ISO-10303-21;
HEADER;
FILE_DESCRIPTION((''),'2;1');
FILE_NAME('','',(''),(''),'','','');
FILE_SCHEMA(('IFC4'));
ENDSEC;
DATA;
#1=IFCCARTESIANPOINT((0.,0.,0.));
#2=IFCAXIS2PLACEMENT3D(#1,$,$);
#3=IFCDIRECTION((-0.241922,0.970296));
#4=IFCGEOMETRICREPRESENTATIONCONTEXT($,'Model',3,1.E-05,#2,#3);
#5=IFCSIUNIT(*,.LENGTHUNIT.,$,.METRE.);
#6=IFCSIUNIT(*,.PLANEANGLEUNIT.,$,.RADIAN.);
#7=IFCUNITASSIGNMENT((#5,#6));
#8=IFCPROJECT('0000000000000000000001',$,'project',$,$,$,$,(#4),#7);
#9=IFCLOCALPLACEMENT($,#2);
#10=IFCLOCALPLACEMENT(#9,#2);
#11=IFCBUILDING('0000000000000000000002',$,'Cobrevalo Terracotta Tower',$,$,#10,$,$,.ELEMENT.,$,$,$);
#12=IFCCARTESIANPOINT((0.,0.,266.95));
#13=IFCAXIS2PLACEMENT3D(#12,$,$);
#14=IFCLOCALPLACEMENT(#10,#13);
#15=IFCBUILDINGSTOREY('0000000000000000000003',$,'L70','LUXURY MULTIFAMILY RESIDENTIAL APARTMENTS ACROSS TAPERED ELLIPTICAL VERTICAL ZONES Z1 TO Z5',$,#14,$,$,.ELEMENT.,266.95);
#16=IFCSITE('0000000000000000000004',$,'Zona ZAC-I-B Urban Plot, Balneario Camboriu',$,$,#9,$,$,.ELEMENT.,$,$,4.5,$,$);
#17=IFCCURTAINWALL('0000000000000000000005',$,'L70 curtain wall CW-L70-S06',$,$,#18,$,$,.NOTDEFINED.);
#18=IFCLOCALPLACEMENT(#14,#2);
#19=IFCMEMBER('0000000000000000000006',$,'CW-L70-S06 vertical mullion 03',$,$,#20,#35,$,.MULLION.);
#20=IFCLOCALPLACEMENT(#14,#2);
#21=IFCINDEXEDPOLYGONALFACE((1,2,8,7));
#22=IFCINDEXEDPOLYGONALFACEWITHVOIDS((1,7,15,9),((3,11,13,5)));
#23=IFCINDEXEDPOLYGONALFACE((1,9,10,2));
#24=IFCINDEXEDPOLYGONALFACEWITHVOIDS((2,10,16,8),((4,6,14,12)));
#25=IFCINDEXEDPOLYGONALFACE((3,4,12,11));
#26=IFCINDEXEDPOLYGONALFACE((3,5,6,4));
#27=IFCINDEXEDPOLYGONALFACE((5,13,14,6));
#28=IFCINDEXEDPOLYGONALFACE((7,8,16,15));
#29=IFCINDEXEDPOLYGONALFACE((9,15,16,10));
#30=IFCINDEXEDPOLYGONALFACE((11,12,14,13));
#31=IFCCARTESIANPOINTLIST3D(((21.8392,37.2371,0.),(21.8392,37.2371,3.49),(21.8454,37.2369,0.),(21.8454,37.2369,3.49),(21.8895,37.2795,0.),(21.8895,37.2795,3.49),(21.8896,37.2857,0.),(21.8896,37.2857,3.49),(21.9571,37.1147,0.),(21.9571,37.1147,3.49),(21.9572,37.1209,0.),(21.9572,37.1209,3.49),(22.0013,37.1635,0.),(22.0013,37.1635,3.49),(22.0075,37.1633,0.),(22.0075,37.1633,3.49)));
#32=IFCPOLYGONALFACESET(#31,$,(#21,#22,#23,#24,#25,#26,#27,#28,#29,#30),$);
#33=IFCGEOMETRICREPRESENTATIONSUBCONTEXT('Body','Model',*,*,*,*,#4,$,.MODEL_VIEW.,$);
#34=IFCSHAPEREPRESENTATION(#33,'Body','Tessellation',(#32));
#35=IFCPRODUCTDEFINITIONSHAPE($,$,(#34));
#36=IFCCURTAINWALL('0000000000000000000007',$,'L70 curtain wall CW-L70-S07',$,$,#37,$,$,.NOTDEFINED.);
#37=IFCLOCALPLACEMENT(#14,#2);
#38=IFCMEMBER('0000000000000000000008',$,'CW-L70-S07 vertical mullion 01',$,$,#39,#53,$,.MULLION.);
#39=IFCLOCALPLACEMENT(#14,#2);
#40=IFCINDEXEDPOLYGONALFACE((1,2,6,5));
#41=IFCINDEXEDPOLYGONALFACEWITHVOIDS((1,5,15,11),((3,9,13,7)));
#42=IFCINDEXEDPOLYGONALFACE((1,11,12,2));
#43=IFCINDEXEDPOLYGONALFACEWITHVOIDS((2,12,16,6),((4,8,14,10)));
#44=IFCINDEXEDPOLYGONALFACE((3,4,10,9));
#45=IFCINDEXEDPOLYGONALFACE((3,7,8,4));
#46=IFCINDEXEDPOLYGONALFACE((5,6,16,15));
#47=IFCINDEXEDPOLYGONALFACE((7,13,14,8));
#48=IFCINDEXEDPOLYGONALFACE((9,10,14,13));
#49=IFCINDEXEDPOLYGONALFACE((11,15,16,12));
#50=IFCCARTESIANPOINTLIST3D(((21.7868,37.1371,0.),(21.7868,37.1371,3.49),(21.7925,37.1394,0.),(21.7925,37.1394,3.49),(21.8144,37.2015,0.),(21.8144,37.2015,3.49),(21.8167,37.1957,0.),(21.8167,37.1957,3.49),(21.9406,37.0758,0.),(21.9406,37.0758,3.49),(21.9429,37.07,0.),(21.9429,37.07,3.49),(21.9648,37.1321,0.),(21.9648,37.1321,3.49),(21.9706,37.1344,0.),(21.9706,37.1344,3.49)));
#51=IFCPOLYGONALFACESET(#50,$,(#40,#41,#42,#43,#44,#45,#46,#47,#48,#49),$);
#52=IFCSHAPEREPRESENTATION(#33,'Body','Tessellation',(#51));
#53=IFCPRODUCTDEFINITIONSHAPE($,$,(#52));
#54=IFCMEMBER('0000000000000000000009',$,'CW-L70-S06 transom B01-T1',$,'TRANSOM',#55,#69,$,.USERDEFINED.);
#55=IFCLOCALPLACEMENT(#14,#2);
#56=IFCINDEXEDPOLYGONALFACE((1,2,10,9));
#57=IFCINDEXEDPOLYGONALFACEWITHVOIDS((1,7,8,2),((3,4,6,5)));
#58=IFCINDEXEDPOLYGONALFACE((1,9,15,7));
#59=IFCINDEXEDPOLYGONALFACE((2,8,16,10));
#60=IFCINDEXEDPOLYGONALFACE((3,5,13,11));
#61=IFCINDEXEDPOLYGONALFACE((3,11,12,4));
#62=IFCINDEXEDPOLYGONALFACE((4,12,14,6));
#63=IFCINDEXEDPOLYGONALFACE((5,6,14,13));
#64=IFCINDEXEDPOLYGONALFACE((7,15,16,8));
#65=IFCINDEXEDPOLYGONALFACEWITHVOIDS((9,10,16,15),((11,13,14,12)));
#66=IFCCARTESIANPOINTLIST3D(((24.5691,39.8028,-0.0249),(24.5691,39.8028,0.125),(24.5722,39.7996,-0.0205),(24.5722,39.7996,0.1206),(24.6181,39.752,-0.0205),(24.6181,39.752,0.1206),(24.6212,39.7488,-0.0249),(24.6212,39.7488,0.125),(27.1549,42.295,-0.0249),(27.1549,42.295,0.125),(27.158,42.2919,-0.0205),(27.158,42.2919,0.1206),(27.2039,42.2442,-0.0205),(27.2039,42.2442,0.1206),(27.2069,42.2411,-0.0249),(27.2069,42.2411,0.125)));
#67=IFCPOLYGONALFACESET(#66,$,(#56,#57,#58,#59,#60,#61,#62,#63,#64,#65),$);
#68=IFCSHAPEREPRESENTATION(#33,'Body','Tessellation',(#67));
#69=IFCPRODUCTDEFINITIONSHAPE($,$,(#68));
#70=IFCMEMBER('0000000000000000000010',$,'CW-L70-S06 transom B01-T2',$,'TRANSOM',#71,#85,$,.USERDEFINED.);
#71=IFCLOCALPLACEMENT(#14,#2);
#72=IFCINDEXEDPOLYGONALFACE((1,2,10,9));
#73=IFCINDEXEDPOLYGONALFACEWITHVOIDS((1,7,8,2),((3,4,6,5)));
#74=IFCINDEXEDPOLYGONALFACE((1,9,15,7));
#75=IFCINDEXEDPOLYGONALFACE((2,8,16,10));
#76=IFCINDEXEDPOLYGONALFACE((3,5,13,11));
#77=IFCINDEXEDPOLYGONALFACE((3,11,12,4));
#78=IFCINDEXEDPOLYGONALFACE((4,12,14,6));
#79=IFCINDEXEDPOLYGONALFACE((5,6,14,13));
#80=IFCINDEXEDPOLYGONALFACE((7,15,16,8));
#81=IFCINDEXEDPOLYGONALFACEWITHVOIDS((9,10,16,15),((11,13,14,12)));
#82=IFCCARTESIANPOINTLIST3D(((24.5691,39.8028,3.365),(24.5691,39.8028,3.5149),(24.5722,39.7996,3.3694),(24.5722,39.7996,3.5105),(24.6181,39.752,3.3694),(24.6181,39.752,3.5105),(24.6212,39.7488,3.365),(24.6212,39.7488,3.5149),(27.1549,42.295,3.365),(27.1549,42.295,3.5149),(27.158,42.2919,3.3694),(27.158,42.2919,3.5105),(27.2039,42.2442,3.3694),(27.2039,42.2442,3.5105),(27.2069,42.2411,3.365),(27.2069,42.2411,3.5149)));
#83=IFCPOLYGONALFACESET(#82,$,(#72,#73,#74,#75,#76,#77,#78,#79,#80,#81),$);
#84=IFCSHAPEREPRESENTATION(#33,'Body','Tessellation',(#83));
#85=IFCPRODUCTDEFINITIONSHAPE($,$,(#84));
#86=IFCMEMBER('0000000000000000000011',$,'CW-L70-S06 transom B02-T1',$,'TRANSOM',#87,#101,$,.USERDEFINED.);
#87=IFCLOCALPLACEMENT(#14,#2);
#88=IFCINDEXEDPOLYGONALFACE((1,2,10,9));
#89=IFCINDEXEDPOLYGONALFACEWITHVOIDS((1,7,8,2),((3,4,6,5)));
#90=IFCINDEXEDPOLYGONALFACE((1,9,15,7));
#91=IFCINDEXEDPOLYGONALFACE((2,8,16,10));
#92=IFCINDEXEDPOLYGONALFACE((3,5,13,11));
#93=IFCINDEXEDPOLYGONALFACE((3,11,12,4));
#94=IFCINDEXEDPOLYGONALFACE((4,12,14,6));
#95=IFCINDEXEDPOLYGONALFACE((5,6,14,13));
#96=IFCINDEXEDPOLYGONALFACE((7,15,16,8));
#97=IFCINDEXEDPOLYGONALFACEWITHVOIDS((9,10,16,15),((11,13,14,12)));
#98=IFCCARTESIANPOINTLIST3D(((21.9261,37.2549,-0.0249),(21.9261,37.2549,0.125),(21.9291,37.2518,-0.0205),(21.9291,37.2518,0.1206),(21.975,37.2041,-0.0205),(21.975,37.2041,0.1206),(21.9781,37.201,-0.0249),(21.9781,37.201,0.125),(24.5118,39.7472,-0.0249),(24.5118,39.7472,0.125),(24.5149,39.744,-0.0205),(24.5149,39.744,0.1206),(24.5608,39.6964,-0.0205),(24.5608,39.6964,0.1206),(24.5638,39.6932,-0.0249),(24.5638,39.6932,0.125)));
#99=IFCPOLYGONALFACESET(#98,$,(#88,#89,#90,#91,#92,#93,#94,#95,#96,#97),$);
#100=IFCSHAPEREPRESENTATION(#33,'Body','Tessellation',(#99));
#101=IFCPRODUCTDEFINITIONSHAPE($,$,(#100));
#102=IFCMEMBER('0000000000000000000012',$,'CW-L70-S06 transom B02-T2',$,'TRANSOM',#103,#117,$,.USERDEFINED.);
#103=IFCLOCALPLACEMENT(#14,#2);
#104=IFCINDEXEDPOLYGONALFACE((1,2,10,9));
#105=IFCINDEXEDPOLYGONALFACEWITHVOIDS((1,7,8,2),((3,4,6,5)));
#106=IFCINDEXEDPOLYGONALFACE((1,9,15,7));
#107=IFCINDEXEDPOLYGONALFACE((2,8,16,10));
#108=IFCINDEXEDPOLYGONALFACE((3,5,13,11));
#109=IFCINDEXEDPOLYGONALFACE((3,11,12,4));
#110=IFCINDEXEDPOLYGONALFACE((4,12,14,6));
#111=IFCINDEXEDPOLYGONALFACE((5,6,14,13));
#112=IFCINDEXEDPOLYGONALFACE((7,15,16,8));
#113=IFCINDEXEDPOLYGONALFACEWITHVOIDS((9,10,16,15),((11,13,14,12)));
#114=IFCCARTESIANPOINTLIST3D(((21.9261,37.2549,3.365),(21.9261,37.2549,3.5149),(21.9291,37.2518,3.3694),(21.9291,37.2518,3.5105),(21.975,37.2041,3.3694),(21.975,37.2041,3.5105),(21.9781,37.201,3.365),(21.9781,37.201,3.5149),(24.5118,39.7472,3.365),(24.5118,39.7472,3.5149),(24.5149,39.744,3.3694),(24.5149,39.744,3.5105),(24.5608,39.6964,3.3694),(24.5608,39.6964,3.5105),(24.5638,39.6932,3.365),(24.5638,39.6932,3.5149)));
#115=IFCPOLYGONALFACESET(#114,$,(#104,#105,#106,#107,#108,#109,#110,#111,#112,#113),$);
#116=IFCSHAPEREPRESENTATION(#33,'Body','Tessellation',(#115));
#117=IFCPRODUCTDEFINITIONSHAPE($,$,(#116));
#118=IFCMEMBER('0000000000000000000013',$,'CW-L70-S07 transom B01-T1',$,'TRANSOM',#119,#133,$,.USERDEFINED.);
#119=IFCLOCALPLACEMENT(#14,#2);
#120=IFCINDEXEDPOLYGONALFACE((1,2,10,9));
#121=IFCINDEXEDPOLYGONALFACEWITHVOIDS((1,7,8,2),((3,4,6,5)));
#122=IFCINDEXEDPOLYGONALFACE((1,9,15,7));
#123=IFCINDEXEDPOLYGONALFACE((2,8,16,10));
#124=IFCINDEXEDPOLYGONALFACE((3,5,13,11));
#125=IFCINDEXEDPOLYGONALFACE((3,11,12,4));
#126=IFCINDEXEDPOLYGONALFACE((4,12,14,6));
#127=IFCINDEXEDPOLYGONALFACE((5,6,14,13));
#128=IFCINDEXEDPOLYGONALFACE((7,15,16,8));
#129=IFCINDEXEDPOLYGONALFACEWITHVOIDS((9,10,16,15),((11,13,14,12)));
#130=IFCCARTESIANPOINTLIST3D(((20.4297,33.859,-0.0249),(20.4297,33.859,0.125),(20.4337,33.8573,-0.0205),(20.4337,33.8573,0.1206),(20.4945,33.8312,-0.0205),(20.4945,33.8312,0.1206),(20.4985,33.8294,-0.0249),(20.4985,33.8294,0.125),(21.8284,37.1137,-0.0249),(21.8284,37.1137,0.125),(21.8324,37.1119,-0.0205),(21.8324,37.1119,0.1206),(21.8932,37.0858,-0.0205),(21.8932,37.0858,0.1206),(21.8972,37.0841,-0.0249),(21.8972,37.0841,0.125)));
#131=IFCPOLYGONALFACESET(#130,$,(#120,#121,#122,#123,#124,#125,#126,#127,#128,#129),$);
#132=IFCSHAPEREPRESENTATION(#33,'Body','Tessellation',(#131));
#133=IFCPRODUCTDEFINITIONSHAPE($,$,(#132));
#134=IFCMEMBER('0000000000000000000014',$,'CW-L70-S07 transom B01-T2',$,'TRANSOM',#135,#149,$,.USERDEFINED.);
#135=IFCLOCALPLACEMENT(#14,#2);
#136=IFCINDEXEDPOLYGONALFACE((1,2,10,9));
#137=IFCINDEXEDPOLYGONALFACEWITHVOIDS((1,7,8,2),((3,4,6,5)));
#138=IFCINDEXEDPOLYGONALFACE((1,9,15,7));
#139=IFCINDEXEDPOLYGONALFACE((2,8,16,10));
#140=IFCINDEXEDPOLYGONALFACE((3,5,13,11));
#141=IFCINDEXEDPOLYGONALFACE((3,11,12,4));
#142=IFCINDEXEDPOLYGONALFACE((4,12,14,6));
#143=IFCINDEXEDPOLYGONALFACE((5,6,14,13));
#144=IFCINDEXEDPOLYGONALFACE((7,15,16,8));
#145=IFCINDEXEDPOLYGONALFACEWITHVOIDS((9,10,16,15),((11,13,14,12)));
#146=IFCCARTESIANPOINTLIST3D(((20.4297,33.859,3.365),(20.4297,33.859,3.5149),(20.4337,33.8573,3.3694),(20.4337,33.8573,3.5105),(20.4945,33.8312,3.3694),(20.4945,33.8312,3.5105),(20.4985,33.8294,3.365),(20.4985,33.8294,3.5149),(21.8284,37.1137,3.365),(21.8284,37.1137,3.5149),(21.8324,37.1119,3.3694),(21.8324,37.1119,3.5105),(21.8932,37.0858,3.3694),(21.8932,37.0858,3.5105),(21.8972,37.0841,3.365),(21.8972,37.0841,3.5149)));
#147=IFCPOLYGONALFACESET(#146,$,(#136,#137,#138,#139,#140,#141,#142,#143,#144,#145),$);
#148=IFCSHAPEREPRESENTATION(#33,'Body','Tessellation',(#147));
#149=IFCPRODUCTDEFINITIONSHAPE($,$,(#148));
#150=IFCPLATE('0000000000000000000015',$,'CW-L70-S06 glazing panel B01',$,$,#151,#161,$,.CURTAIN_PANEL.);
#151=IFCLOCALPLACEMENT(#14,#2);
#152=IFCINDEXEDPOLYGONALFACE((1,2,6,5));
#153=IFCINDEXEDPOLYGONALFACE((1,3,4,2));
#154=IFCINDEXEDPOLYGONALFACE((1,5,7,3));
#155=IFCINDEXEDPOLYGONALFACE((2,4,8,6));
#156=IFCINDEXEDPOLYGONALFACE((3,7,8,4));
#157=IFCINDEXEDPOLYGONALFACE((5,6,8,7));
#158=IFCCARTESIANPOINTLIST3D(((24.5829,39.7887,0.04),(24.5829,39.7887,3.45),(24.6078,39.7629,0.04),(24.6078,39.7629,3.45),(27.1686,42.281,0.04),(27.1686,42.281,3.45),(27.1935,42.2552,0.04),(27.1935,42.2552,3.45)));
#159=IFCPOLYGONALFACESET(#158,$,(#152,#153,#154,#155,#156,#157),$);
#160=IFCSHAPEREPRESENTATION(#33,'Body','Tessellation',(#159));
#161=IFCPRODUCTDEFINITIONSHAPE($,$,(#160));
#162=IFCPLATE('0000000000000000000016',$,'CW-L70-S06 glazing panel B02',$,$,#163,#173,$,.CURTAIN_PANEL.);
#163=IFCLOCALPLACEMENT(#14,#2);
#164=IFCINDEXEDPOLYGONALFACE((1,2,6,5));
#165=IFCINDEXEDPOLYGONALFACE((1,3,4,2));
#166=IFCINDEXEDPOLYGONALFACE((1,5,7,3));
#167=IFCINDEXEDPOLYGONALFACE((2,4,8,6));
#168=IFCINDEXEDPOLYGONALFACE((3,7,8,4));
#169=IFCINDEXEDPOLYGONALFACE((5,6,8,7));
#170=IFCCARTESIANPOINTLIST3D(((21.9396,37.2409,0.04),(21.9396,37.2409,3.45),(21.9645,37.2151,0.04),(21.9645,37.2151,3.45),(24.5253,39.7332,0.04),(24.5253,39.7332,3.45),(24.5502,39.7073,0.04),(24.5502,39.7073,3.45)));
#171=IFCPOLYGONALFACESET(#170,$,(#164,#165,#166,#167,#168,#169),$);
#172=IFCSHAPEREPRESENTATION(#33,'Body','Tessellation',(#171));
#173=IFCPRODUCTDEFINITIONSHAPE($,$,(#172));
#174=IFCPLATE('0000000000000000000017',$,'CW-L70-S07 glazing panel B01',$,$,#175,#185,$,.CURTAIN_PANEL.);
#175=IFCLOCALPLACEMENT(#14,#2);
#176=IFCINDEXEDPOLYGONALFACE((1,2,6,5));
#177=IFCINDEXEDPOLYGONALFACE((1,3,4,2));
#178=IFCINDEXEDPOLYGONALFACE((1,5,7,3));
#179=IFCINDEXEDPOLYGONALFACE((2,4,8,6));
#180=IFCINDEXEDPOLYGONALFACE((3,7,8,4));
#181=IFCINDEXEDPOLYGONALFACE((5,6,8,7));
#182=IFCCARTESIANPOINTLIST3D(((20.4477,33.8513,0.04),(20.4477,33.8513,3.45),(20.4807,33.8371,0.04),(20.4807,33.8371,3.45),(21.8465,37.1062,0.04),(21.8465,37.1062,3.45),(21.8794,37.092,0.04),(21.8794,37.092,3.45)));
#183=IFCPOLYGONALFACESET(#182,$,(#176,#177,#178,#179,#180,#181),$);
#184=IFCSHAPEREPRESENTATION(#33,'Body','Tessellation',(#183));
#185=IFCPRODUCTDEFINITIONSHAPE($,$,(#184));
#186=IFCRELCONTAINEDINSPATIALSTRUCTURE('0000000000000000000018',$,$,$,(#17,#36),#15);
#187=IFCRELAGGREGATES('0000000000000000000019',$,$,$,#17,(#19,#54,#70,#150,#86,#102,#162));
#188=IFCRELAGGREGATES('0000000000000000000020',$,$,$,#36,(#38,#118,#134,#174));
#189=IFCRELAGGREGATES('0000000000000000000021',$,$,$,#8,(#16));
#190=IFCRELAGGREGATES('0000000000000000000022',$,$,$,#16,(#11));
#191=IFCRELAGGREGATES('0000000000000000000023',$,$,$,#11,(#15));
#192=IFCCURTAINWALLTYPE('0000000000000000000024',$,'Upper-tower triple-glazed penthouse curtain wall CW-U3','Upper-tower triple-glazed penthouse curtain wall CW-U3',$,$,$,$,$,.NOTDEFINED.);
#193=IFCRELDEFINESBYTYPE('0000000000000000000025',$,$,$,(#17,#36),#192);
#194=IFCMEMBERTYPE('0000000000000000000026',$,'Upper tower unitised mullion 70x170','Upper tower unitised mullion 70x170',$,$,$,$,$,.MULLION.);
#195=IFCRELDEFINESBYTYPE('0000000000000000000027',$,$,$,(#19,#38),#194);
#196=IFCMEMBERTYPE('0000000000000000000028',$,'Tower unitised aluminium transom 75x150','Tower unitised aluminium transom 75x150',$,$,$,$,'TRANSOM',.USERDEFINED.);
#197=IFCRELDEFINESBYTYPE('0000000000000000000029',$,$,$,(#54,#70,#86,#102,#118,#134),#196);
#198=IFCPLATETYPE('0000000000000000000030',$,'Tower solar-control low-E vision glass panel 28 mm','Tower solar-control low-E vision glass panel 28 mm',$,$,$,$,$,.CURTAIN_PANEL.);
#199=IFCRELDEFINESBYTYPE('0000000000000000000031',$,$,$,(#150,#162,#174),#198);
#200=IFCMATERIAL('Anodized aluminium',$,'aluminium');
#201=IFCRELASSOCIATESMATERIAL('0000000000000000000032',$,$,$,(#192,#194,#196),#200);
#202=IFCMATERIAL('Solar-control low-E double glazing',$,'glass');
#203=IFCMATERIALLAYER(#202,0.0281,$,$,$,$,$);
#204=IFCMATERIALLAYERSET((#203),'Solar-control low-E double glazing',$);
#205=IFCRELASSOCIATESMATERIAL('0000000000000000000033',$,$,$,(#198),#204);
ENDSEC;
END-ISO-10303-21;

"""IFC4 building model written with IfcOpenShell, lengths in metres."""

from ifc_helpers import new_model, si_unit, direction, frame, origin, origin_2d, place, context, subcontext, project, spatial, rectangle, hollow_rectangle, extrude, source, transform, mapped, material, layer, layer_set, material_profile, profile_set, type_object, element, aggregate, save


model = new_model("IFC4")

# Units and contexts
model_context = context("Model", 3, precision=1e-05, world=origin(), true_north=direction((-0.241922, 0.970296)))
body_context = subcontext(model_context, "Body", "Model", "MODEL_VIEW")
ifc_project = project(units=[si_unit("LENGTHUNIT", "METRE"), si_unit("PLANEANGLEUNIT", "RADIAN")], contexts=[model_context])

# Site, building, storey
site_placement = place(None, origin())
site = spatial("IfcSite", under=ifc_project, at=site_placement, Name="Zona ZAC-I-B Urban Plot, Balneario Camboriu", CompositionType="ELEMENT", RefElevation=4.5)
building_placement = place(site_placement, origin())
building = spatial("IfcBuilding", under=site, at=building_placement, Name="Cobrevalo Terracotta Tower", CompositionType="ELEMENT")
storey_placement = place(building_placement, frame((0.0, 0.0, 266.95)))
storey = spatial("IfcBuildingStorey", under=building, at=storey_placement, Name="L70", Description="LUXURY MULTIFAMILY RESIDENTIAL APARTMENTS ACROSS TAPERED ELLIPTICAL VERTICAL ZONES Z1 TO Z5", CompositionType="ELEMENT", Elevation=266.95)

# Curtain wall, member
ifc_material_1 = material(Name="Anodized aluminium", Category="aluminium")
curtain_wall_type = type_object("IfcCurtainWallType", Name="Upper-tower triple-glazed penthouse curtain wall CW-U3", Description="Upper-tower triple-glazed penthouse curtain wall CW-U3", PredefinedType="NOTDEFINED", material=ifc_material_1)
curtain_wall_1_placement = place(storey_placement, origin())
curtain_wall_1 = element("IfcCurtainWall", 1, at=curtain_wall_1_placement, inside=storey, type_object=curtain_wall_type, Name="L70 curtain wall CW-L70-S06", PredefinedType="NOTDEFINED")
ifc_material_profile_1 = material_profile(ifc_material_1, hollow_rectangle(XDim=0.0701, YDim=0.1699, WallThickness=0.0044, at=origin_2d()), Name="CWM 70x170")
ifc_profile_set_1 = profile_set([ifc_material_profile_1], Name="Anodized aluminium")
member_type_1 = type_object("IfcMemberType", Name="Upper tower unitised mullion 70x170", Description="Upper tower unitised mullion 70x170", PredefinedType="MULLION", material=ifc_profile_set_1)
shared_shape_1 = source(origin(), body_context, "Body", "SweptSolid", [
    extrude(hollow_rectangle(XDim=0.0701, YDim=0.1699, WallThickness=0.0044, at=origin_2d()), origin(), (0.0, 0.0, 1.0), 3.49),
])
member_1_placement = place(storey_placement, frame((21.9233, 37.2002, 0.0), z_axis=(0.0, 0.0, 1.0), x_axis=(-0.719994, -0.69398, 0.0)))
member_1 = element("IfcMember", 2, at=member_1_placement, type_object=member_type_1, Name="CW-L70-S06 vertical mullion 03", PredefinedType="MULLION", context=body_context, shape_type="MappedRepresentation", body=[
    mapped(shared_shape_1, transform((0.0, 0.0, 0.0), scale=1.0)),
])

# Curtain wall, member
curtain_wall_2_placement = place(storey_placement, origin())
curtain_wall_2 = element("IfcCurtainWall", 3, at=curtain_wall_2_placement, inside=storey, type_object=curtain_wall_type, Name="L70 curtain wall CW-L70-S07", PredefinedType="NOTDEFINED")
member_2_placement = place(storey_placement, frame((21.8787, 37.1357, 0.0), z_axis=(0.0, 0.0, 1.0), x_axis=(-0.394824, -0.918757, 0.0)))
member_2 = element("IfcMember", 4, at=member_2_placement, type_object=member_type_1, Name="CW-L70-S07 vertical mullion 01", PredefinedType="MULLION", context=body_context, shape_type="MappedRepresentation", body=[
    mapped(shared_shape_1, transform((0.0, 0.0, 0.0), scale=1.0)),
])

# Members
ifc_material_profile_2 = material_profile(ifc_material_1, hollow_rectangle(XDim=0.075, YDim=0.1499, WallThickness=0.0044, at=origin_2d()), Name="CWT 75x150")
ifc_profile_set_2 = profile_set([ifc_material_profile_2], Name="Anodized aluminium")
member_type_2 = type_object("IfcMemberType", Name="Tower unitised aluminium transom 75x150", Description="Tower unitised aluminium transom 75x150", ElementType="TRANSOM", PredefinedType="USERDEFINED", material=ifc_profile_set_2)
shared_shape_2 = source(origin(), body_context, "Body", "SweptSolid", [
    extrude(hollow_rectangle(XDim=0.075, YDim=0.1499, WallThickness=0.0044, at=origin_2d()), origin(), (0.0, 0.0, 1.0), 3.5913),
])
member_3_placement = place(storey_placement, frame((27.1809, 42.2681, 0.05), z_axis=(-0.720006, -0.693968, 0.0), x_axis=(0.693968, -0.720006, 0.0)))
member_3 = element("IfcMember", 5, at=member_3_placement, type_object=member_type_2, Name="CW-L70-S06 transom B01-T1", ObjectType="TRANSOM", PredefinedType="USERDEFINED", context=body_context, shape_type="MappedRepresentation", body=[
    mapped(shared_shape_2, transform((0.0, 0.0, 0.0), scale=1.0)),
])
member_4_placement = place(storey_placement, frame((27.1809, 42.2681, 3.4399), z_axis=(-0.720006, -0.693968, 0.0), x_axis=(0.693968, -0.720006, 0.0)))
member_4 = element("IfcMember", 6, at=member_4_placement, type_object=member_type_2, Name="CW-L70-S06 transom B01-T2", ObjectType="TRANSOM", PredefinedType="USERDEFINED", context=body_context, shape_type="MappedRepresentation", body=[
    mapped(shared_shape_2, transform((0.0, 0.0, 0.0), scale=1.0)),
])
member_5_placement = place(storey_placement, frame((24.5378, 39.7202, 0.05), z_axis=(-0.720006, -0.693968, 0.0), x_axis=(0.693968, -0.720006, 0.0)))
member_5 = element("IfcMember", 7, at=member_5_placement, type_object=member_type_2, Name="CW-L70-S06 transom B02-T1", ObjectType="TRANSOM", PredefinedType="USERDEFINED", context=body_context, shape_type="MappedRepresentation", body=[
    mapped(shared_shape_2, transform((0.0, 0.0, 0.0), scale=1.0)),
])
member_6_placement = place(storey_placement, frame((24.5378, 39.7202, 3.4399), z_axis=(-0.720006, -0.693968, 0.0), x_axis=(0.693968, -0.720006, 0.0)))
member_6 = element("IfcMember", 8, at=member_6_placement, type_object=member_type_2, Name="CW-L70-S06 transom B02-T2", ObjectType="TRANSOM", PredefinedType="USERDEFINED", context=body_context, shape_type="MappedRepresentation", body=[
    mapped(shared_shape_2, transform((0.0, 0.0, 0.0), scale=1.0)),
])
shared_shape_3 = source(origin(), body_context, "Body", "SweptSolid", [
    extrude(hollow_rectangle(XDim=0.075, YDim=0.1499, WallThickness=0.0044, at=origin_2d()), origin(), (0.0, 0.0, 1.0), 3.5425),
])
member_7_placement = place(storey_placement, frame((21.8628, 37.0989, 0.05), z_axis=(-0.394834, -0.918752, 0.0), x_axis=(0.918752, -0.394834, 0.0)))
member_7 = element("IfcMember", 9, at=member_7_placement, type_object=member_type_2, Name="CW-L70-S07 transom B01-T1", ObjectType="TRANSOM", PredefinedType="USERDEFINED", context=body_context, shape_type="MappedRepresentation", body=[
    mapped(shared_shape_3, transform((0.0, 0.0, 0.0), scale=1.0)),
])
member_8_placement = place(storey_placement, frame((21.8628, 37.0989, 3.4399), z_axis=(-0.394834, -0.918752, 0.0), x_axis=(0.918752, -0.394834, 0.0)))
member_8 = element("IfcMember", 10, at=member_8_placement, type_object=member_type_2, Name="CW-L70-S07 transom B01-T2", ObjectType="TRANSOM", PredefinedType="USERDEFINED", context=body_context, shape_type="MappedRepresentation", body=[
    mapped(shared_shape_3, transform((0.0, 0.0, 0.0), scale=1.0)),
])

# Plates
ifc_material_2 = material(Name="Solar-control low-E double glazing", Category="glass")
ifc_layer_1 = layer(ifc_material_2, 0.0281)
ifc_layer_set_1 = layer_set([ifc_layer_1], Name="Solar-control low-E double glazing")
plate_type = type_object("IfcPlateType", Name="Tower solar-control low-E vision glass panel 28 mm", Description="Tower solar-control low-E vision glass panel 28 mm", PredefinedType="CURTAIN_PANEL", material=ifc_layer_set_1)
shared_shape_4 = source(origin(), body_context, "Body", "SweptSolid", [
    extrude(rectangle(XDim=3.5913, YDim=0.0359, at=origin_2d()), origin(), (0.0, 0.0, 1.0), 3.4099),
])
plate_1_placement = place(storey_placement, frame((25.8882, 41.022, 0.04), z_axis=(0.0, 0.0, 1.0), x_axis=(-0.719997, -0.693978, 0.0)))
plate_1 = element("IfcPlate", 11, at=plate_1_placement, type_object=plate_type, Name="CW-L70-S06 glazing panel B01", PredefinedType="CURTAIN_PANEL", context=body_context, shape_type="MappedRepresentation", body=[
    mapped(shared_shape_4, transform((0.0, 0.0, 0.0), scale=1.0)),
])
plate_2_placement = place(storey_placement, frame((23.2449, 38.4741, 0.04), z_axis=(0.0, 0.0, 1.0), x_axis=(-0.719997, -0.693978, 0.0)))
plate_2 = element("IfcPlate", 12, at=plate_2_placement, type_object=plate_type, Name="CW-L70-S06 glazing panel B02", PredefinedType="CURTAIN_PANEL", context=body_context, shape_type="MappedRepresentation", body=[
    mapped(shared_shape_4, transform((0.0, 0.0, 0.0), scale=1.0)),
])
aggregate(curtain_wall_1, [member_1, member_3, member_4, plate_1, member_5, member_6, plate_2])
shared_shape_5 = source(origin(), body_context, "Body", "SweptSolid", [
    extrude(rectangle(XDim=3.5427, YDim=0.0359, at=origin_2d()), origin(), (0.0, 0.0, 1.0), 3.4099),
])
plate_3_placement = place(storey_placement, frame((21.1636, 35.4717, 0.04), z_axis=(0.0, 0.0, 1.0), x_axis=(-0.394829, -0.918755, 0.0)))
plate_3 = element("IfcPlate", 13, at=plate_3_placement, type_object=plate_type, Name="CW-L70-S07 glazing panel B01", PredefinedType="CURTAIN_PANEL", context=body_context, shape_type="MappedRepresentation", body=[
    mapped(shared_shape_5, transform((0.0, 0.0, 0.0), scale=1.0)),
])
aggregate(curtain_wall_2, [member_2, member_7, member_8, plate_3])

save(model, "model.ifc")
